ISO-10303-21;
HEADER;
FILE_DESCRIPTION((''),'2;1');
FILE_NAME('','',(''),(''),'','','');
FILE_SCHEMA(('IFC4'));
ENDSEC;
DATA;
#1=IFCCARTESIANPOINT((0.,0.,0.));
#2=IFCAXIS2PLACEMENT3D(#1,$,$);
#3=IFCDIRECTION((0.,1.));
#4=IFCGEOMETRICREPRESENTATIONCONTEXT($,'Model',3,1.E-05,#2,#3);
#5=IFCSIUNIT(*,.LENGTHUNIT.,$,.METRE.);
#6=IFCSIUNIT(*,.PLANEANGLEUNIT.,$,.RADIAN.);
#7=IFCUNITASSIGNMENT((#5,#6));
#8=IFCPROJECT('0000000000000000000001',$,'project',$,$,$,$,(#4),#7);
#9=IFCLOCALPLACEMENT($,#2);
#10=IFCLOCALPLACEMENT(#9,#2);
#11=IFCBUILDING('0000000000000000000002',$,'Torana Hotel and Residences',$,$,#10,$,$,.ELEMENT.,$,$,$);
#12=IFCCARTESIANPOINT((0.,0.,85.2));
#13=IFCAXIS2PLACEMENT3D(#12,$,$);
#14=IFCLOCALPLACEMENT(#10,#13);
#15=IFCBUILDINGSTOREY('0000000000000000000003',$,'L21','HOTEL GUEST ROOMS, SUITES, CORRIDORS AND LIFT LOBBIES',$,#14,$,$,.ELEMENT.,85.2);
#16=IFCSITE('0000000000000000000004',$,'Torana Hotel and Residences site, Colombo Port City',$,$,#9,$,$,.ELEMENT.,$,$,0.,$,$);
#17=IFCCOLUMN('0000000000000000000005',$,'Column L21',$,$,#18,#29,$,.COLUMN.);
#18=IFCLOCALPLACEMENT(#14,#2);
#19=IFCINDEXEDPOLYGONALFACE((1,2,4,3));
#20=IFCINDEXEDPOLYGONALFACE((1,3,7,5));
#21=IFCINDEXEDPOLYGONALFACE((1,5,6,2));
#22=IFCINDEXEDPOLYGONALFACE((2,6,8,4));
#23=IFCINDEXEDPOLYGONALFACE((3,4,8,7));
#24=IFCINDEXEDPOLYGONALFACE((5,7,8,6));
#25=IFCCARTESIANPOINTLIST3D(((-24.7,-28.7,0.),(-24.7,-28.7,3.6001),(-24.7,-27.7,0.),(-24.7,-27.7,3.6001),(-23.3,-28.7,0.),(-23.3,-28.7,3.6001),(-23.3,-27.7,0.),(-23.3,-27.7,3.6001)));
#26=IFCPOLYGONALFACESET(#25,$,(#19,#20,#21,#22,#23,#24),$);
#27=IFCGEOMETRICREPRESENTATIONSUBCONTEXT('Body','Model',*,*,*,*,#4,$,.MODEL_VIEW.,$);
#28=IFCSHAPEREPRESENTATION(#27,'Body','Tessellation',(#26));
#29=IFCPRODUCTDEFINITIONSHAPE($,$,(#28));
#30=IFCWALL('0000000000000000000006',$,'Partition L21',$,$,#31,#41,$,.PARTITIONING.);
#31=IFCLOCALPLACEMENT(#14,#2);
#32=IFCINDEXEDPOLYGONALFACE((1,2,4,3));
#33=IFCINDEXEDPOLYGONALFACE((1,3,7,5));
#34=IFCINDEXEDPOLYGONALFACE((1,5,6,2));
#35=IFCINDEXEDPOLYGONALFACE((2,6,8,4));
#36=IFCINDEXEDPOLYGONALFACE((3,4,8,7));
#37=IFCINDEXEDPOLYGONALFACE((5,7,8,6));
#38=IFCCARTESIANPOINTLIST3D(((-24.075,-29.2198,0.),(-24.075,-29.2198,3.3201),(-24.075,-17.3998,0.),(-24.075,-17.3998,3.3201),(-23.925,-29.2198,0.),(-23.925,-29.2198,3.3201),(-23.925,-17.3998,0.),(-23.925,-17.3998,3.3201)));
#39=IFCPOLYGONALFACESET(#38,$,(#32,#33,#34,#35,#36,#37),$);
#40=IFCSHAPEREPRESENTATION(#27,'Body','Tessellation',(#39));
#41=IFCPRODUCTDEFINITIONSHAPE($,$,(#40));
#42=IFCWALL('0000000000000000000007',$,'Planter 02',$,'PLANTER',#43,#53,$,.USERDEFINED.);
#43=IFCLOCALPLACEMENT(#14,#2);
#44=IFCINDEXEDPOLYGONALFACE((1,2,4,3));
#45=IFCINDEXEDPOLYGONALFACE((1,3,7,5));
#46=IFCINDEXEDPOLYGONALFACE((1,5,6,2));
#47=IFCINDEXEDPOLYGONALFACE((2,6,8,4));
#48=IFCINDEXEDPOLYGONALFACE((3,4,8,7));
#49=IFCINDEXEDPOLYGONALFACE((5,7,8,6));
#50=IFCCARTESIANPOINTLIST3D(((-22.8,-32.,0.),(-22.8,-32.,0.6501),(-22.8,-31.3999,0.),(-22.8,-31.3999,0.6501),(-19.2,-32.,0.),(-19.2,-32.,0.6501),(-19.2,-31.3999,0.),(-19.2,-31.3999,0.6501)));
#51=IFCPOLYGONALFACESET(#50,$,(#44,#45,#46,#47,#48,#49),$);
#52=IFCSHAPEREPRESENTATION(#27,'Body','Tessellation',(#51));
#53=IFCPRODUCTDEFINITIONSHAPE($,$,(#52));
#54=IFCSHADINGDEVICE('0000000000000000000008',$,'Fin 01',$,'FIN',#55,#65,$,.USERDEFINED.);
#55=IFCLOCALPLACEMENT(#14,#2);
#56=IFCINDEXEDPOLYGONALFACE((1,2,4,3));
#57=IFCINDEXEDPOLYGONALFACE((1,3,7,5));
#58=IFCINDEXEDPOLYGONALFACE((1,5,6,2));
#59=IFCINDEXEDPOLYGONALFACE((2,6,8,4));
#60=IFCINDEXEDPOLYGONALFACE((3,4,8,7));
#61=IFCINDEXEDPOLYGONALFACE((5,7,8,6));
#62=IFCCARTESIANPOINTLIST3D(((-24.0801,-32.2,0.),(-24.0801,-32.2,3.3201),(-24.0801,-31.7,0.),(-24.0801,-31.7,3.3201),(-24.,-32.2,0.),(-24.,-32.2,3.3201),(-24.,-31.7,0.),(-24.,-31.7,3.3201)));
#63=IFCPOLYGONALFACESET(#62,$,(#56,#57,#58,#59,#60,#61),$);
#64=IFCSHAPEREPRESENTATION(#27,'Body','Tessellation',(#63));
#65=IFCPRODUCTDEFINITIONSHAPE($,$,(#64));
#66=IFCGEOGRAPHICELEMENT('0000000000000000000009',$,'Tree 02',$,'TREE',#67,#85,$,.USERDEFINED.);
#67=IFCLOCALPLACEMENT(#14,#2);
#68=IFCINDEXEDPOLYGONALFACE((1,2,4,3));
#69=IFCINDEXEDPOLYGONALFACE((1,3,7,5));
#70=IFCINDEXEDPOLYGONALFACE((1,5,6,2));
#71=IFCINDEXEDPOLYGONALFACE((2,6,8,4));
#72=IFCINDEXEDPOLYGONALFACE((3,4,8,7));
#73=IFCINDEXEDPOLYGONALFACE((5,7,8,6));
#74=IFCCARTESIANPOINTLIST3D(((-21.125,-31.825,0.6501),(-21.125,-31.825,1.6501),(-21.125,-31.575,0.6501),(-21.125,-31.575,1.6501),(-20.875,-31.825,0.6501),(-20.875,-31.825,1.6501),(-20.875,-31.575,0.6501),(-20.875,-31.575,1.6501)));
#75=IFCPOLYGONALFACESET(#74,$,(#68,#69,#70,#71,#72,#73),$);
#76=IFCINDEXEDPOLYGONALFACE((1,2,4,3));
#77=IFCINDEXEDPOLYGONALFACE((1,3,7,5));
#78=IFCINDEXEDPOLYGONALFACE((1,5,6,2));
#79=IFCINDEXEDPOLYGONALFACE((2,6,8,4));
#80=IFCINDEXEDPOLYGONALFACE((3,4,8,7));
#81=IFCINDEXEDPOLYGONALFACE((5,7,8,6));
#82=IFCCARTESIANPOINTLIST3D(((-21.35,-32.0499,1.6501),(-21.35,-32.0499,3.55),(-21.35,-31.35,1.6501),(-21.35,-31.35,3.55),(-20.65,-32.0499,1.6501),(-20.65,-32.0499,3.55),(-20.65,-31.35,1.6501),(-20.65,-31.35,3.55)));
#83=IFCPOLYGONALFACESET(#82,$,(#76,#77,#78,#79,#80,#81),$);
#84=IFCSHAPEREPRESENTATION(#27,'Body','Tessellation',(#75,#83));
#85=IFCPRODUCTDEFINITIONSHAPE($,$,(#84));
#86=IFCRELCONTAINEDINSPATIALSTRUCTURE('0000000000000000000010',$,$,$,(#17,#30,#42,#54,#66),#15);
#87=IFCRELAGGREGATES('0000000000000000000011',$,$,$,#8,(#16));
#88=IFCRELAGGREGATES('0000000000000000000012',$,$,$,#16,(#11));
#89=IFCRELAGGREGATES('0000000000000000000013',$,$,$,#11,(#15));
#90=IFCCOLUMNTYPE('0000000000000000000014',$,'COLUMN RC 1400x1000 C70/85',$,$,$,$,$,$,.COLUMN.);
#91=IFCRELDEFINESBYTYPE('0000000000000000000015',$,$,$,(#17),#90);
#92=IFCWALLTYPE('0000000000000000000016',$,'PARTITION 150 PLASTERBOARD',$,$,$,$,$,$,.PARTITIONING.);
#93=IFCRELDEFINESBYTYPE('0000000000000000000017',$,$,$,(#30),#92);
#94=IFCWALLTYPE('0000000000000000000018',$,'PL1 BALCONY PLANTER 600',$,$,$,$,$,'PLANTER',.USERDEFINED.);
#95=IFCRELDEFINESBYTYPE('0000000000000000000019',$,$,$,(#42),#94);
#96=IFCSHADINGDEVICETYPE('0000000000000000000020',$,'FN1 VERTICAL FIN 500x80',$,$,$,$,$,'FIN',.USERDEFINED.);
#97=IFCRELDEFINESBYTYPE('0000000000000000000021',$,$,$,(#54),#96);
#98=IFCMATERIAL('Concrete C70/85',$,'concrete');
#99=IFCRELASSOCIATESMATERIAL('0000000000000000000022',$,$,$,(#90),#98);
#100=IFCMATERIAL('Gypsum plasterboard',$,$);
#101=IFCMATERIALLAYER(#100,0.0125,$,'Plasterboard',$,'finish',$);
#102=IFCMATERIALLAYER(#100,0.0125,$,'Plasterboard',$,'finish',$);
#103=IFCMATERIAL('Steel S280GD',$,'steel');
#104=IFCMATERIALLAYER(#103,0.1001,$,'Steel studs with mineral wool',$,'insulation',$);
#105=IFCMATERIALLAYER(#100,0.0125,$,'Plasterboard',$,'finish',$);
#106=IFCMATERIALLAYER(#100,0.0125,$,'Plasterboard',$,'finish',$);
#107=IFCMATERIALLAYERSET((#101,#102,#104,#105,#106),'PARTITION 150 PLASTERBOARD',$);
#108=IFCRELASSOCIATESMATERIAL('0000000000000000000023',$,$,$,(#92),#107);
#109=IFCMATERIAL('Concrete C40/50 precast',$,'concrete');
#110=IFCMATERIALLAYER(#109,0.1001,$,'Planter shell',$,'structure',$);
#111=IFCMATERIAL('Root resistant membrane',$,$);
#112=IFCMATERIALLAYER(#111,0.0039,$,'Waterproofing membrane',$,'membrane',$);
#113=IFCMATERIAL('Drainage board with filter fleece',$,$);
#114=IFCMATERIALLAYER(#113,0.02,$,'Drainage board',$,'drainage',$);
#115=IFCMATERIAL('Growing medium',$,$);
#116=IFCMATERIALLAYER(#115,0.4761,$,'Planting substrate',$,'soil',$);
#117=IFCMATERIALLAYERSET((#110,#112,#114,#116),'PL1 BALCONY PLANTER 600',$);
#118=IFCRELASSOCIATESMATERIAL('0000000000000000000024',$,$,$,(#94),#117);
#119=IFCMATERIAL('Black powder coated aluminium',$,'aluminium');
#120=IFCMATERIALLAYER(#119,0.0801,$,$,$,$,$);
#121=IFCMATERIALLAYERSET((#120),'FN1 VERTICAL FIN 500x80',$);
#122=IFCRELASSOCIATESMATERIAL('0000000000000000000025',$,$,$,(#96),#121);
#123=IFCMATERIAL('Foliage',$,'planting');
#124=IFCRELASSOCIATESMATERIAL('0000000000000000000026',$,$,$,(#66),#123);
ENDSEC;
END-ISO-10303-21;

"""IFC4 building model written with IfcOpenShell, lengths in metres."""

from ifc_helpers import new_model, si_unit, direction, frame, frame_2d, origin, origin_2d, place, context, subcontext, project, spatial, rectangle, extrude, material, layer, layer_set, material_profile, profile_set, type_object, element, save


model = new_model("IFC4")

# Units and contexts
model_context = context("Model", 3, precision=1e-05, world=origin(), true_north=direction((0.0, 1.0)))
body_context = subcontext(model_context, "Body", "Model", "MODEL_VIEW")
ifc_project = project(units=[si_unit("LENGTHUNIT", "METRE"), si_unit("PLANEANGLEUNIT", "RADIAN")], contexts=[model_context])

# Site, building, storey
site_placement = place(None, origin())
site = spatial("IfcSite", under=ifc_project, at=site_placement, Name="Torana Hotel and Residences site, Colombo Port City", CompositionType="ELEMENT", RefElevation=0.0)
building_placement = place(site_placement, origin())
building = spatial("IfcBuilding", under=site, at=building_placement, Name="Torana Hotel and Residences", CompositionType="ELEMENT")
storey_placement = place(building_placement, frame((0.0, 0.0, 85.2)))
storey = spatial("IfcBuildingStorey", under=building, at=storey_placement, Name="L21", Description="HOTEL GUEST ROOMS, SUITES, CORRIDORS AND LIFT LOBBIES", CompositionType="ELEMENT", Elevation=85.2)

# Column
ifc_material_1 = material(Name="Concrete C70/85", Category="concrete")
ifc_material_profile = material_profile(ifc_material_1, rectangle(XDim=1.3999, YDim=1.0, at=origin_2d()), Name="RC 1400x1000")
ifc_profile_set = profile_set([ifc_material_profile], Name="Concrete C70/85")
column_type = type_object("IfcColumnType", Name="COLUMN RC 1400x1000 C70/85", PredefinedType="COLUMN", material=ifc_profile_set)
column_placement = place(storey_placement, frame((-24.0, -28.2, 0.0), z_axis=(0.0, 0.0, 1.0), x_axis=(1.0, 0.0, 0.0)))
element("IfcColumn", 1, at=column_placement, inside=storey, type_object=column_type, Name="Column L21", PredefinedType="COLUMN", context=body_context, shape_type="SweptSolid", body=[
    extrude(rectangle(XDim=1.3999, YDim=1.0, at=origin_2d()), origin(), (0.0, 0.0, 1.0), 3.6001),
])

# Walls
ifc_material_2 = material(Name="Gypsum plasterboard")
ifc_layer_1 = layer(ifc_material_2, 0.0125, Name="Plasterboard", Category="finish")
ifc_layer_2 = layer(ifc_material_2, 0.0125, Name="Plasterboard", Category="finish")
ifc_material_3 = material(Name="Steel S280GD", Category="steel")
ifc_layer_3 = layer(ifc_material_3, 0.1001, Name="Steel studs with mineral wool", Category="insulation")
ifc_layer_4 = layer(ifc_material_2, 0.0125, Name="Plasterboard", Category="finish")
ifc_layer_5 = layer(ifc_material_2, 0.0125, Name="Plasterboard", Category="finish")
ifc_layer_set_1 = layer_set([ifc_layer_1, ifc_layer_2, ifc_layer_3, ifc_layer_4, ifc_layer_5], Name="PARTITION 150 PLASTERBOARD")
wall_type_1 = type_object("IfcWallType", Name="PARTITION 150 PLASTERBOARD", PredefinedType="PARTITIONING", material=ifc_layer_set_1)
wall_1_placement = place(storey_placement, frame((-24.0, -29.22, 0.0), z_axis=(0.0, 0.0, 1.0), x_axis=(0.0, 1.0, 0.0)))
element("IfcWall", 2, at=wall_1_placement, inside=storey, type_object=wall_type_1, Name="Partition L21", PredefinedType="PARTITIONING", context=body_context, shape_type="SweptSolid", body=[
    extrude(rectangle(XDim=11.8201, YDim=0.1499, at=frame_2d((5.9102, 0.0))), origin(), (0.0, 0.0, 1.0), 3.3201),
])
ifc_material_4 = material(Name="Concrete C40/50 precast", Category="concrete")
ifc_layer_6 = layer(ifc_material_4, 0.1001, Name="Planter shell", Category="structure")
ifc_material_5 = material(Name="Root resistant membrane")
ifc_layer_7 = layer(ifc_material_5, 0.0039, Name="Waterproofing membrane", Category="membrane")
ifc_material_6 = material(Name="Drainage board with filter fleece")
ifc_layer_8 = layer(ifc_material_6, 0.02, Name="Drainage board", Category="drainage")
ifc_material_7 = material(Name="Growing medium")
ifc_layer_9 = layer(ifc_material_7, 0.4761, Name="Planting substrate", Category="soil")
ifc_layer_set_2 = layer_set([ifc_layer_6, ifc_layer_7, ifc_layer_8, ifc_layer_9], Name="PL1 BALCONY PLANTER 600")
wall_type_2 = type_object("IfcWallType", Name="PL1 BALCONY PLANTER 600", ElementType="PLANTER", PredefinedType="USERDEFINED", material=ifc_layer_set_2)
wall_2_placement = place(storey_placement, frame((-19.2, -31.7, 0.0), z_axis=(0.0, 0.0, 1.0), x_axis=(-1.0, 0.0, 0.0)))
element("IfcWall", 3, at=wall_2_placement, inside=storey, type_object=wall_type_2, Name="Planter 02", ObjectType="PLANTER", PredefinedType="USERDEFINED", context=body_context, shape_type="SweptSolid", body=[
    extrude(rectangle(XDim=3.6001, YDim=0.6001, at=frame_2d((1.8, 0.0))), origin(), (0.0, 0.0, 1.0), 0.6501),
])

# Shading device
ifc_material_8 = material(Name="Black powder coated aluminium", Category="aluminium")
ifc_layer_10 = layer(ifc_material_8, 0.0801)
ifc_layer_set_3 = layer_set([ifc_layer_10], Name="FN1 VERTICAL FIN 500x80")
shading_device_type = type_object("IfcShadingDeviceType", Name="FN1 VERTICAL FIN 500x80", ElementType="FIN", PredefinedType="USERDEFINED", material=ifc_layer_set_3)
shading_device_placement = place(storey_placement, frame((-24.04, -31.95, 0.0), z_axis=(0.0, 0.0, 1.0), x_axis=(-1.0, 0.0, 0.0)))
element("IfcShadingDevice", 4, at=shading_device_placement, inside=storey, type_object=shading_device_type, Name="Fin 01", ObjectType="FIN", PredefinedType="USERDEFINED", context=body_context, shape_type="SweptSolid", body=[
    extrude(rectangle(XDim=0.0801, YDim=0.5, at=origin_2d()), origin(), (0.0, 0.0, 1.0), 3.3201),
])

# Geographic element
ifc_material_9 = material(Name="Foliage", Category="planting")
geographic_element_placement = place(storey_placement, frame((-21.0, -31.7, 0.6501), z_axis=(0.0, 0.0, 1.0), x_axis=(1.0, 0.0, 0.0)))
element("IfcGeographicElement", 5, at=geographic_element_placement, inside=storey, material=ifc_material_9, Name="Tree 02", ObjectType="TREE", PredefinedType="USERDEFINED", context=body_context, shape_type="SweptSolid", body=[
    extrude(rectangle(XDim=0.25, YDim=0.25, at=origin_2d()), origin(), (0.0, 0.0, 1.0), 1.0),
    extrude(rectangle(XDim=0.7, YDim=0.7, at=origin_2d()), frame((0.0, 0.0, 1.0)), (0.0, 0.0, 1.0), 1.8999),
])

save(model, "model.ifc")
